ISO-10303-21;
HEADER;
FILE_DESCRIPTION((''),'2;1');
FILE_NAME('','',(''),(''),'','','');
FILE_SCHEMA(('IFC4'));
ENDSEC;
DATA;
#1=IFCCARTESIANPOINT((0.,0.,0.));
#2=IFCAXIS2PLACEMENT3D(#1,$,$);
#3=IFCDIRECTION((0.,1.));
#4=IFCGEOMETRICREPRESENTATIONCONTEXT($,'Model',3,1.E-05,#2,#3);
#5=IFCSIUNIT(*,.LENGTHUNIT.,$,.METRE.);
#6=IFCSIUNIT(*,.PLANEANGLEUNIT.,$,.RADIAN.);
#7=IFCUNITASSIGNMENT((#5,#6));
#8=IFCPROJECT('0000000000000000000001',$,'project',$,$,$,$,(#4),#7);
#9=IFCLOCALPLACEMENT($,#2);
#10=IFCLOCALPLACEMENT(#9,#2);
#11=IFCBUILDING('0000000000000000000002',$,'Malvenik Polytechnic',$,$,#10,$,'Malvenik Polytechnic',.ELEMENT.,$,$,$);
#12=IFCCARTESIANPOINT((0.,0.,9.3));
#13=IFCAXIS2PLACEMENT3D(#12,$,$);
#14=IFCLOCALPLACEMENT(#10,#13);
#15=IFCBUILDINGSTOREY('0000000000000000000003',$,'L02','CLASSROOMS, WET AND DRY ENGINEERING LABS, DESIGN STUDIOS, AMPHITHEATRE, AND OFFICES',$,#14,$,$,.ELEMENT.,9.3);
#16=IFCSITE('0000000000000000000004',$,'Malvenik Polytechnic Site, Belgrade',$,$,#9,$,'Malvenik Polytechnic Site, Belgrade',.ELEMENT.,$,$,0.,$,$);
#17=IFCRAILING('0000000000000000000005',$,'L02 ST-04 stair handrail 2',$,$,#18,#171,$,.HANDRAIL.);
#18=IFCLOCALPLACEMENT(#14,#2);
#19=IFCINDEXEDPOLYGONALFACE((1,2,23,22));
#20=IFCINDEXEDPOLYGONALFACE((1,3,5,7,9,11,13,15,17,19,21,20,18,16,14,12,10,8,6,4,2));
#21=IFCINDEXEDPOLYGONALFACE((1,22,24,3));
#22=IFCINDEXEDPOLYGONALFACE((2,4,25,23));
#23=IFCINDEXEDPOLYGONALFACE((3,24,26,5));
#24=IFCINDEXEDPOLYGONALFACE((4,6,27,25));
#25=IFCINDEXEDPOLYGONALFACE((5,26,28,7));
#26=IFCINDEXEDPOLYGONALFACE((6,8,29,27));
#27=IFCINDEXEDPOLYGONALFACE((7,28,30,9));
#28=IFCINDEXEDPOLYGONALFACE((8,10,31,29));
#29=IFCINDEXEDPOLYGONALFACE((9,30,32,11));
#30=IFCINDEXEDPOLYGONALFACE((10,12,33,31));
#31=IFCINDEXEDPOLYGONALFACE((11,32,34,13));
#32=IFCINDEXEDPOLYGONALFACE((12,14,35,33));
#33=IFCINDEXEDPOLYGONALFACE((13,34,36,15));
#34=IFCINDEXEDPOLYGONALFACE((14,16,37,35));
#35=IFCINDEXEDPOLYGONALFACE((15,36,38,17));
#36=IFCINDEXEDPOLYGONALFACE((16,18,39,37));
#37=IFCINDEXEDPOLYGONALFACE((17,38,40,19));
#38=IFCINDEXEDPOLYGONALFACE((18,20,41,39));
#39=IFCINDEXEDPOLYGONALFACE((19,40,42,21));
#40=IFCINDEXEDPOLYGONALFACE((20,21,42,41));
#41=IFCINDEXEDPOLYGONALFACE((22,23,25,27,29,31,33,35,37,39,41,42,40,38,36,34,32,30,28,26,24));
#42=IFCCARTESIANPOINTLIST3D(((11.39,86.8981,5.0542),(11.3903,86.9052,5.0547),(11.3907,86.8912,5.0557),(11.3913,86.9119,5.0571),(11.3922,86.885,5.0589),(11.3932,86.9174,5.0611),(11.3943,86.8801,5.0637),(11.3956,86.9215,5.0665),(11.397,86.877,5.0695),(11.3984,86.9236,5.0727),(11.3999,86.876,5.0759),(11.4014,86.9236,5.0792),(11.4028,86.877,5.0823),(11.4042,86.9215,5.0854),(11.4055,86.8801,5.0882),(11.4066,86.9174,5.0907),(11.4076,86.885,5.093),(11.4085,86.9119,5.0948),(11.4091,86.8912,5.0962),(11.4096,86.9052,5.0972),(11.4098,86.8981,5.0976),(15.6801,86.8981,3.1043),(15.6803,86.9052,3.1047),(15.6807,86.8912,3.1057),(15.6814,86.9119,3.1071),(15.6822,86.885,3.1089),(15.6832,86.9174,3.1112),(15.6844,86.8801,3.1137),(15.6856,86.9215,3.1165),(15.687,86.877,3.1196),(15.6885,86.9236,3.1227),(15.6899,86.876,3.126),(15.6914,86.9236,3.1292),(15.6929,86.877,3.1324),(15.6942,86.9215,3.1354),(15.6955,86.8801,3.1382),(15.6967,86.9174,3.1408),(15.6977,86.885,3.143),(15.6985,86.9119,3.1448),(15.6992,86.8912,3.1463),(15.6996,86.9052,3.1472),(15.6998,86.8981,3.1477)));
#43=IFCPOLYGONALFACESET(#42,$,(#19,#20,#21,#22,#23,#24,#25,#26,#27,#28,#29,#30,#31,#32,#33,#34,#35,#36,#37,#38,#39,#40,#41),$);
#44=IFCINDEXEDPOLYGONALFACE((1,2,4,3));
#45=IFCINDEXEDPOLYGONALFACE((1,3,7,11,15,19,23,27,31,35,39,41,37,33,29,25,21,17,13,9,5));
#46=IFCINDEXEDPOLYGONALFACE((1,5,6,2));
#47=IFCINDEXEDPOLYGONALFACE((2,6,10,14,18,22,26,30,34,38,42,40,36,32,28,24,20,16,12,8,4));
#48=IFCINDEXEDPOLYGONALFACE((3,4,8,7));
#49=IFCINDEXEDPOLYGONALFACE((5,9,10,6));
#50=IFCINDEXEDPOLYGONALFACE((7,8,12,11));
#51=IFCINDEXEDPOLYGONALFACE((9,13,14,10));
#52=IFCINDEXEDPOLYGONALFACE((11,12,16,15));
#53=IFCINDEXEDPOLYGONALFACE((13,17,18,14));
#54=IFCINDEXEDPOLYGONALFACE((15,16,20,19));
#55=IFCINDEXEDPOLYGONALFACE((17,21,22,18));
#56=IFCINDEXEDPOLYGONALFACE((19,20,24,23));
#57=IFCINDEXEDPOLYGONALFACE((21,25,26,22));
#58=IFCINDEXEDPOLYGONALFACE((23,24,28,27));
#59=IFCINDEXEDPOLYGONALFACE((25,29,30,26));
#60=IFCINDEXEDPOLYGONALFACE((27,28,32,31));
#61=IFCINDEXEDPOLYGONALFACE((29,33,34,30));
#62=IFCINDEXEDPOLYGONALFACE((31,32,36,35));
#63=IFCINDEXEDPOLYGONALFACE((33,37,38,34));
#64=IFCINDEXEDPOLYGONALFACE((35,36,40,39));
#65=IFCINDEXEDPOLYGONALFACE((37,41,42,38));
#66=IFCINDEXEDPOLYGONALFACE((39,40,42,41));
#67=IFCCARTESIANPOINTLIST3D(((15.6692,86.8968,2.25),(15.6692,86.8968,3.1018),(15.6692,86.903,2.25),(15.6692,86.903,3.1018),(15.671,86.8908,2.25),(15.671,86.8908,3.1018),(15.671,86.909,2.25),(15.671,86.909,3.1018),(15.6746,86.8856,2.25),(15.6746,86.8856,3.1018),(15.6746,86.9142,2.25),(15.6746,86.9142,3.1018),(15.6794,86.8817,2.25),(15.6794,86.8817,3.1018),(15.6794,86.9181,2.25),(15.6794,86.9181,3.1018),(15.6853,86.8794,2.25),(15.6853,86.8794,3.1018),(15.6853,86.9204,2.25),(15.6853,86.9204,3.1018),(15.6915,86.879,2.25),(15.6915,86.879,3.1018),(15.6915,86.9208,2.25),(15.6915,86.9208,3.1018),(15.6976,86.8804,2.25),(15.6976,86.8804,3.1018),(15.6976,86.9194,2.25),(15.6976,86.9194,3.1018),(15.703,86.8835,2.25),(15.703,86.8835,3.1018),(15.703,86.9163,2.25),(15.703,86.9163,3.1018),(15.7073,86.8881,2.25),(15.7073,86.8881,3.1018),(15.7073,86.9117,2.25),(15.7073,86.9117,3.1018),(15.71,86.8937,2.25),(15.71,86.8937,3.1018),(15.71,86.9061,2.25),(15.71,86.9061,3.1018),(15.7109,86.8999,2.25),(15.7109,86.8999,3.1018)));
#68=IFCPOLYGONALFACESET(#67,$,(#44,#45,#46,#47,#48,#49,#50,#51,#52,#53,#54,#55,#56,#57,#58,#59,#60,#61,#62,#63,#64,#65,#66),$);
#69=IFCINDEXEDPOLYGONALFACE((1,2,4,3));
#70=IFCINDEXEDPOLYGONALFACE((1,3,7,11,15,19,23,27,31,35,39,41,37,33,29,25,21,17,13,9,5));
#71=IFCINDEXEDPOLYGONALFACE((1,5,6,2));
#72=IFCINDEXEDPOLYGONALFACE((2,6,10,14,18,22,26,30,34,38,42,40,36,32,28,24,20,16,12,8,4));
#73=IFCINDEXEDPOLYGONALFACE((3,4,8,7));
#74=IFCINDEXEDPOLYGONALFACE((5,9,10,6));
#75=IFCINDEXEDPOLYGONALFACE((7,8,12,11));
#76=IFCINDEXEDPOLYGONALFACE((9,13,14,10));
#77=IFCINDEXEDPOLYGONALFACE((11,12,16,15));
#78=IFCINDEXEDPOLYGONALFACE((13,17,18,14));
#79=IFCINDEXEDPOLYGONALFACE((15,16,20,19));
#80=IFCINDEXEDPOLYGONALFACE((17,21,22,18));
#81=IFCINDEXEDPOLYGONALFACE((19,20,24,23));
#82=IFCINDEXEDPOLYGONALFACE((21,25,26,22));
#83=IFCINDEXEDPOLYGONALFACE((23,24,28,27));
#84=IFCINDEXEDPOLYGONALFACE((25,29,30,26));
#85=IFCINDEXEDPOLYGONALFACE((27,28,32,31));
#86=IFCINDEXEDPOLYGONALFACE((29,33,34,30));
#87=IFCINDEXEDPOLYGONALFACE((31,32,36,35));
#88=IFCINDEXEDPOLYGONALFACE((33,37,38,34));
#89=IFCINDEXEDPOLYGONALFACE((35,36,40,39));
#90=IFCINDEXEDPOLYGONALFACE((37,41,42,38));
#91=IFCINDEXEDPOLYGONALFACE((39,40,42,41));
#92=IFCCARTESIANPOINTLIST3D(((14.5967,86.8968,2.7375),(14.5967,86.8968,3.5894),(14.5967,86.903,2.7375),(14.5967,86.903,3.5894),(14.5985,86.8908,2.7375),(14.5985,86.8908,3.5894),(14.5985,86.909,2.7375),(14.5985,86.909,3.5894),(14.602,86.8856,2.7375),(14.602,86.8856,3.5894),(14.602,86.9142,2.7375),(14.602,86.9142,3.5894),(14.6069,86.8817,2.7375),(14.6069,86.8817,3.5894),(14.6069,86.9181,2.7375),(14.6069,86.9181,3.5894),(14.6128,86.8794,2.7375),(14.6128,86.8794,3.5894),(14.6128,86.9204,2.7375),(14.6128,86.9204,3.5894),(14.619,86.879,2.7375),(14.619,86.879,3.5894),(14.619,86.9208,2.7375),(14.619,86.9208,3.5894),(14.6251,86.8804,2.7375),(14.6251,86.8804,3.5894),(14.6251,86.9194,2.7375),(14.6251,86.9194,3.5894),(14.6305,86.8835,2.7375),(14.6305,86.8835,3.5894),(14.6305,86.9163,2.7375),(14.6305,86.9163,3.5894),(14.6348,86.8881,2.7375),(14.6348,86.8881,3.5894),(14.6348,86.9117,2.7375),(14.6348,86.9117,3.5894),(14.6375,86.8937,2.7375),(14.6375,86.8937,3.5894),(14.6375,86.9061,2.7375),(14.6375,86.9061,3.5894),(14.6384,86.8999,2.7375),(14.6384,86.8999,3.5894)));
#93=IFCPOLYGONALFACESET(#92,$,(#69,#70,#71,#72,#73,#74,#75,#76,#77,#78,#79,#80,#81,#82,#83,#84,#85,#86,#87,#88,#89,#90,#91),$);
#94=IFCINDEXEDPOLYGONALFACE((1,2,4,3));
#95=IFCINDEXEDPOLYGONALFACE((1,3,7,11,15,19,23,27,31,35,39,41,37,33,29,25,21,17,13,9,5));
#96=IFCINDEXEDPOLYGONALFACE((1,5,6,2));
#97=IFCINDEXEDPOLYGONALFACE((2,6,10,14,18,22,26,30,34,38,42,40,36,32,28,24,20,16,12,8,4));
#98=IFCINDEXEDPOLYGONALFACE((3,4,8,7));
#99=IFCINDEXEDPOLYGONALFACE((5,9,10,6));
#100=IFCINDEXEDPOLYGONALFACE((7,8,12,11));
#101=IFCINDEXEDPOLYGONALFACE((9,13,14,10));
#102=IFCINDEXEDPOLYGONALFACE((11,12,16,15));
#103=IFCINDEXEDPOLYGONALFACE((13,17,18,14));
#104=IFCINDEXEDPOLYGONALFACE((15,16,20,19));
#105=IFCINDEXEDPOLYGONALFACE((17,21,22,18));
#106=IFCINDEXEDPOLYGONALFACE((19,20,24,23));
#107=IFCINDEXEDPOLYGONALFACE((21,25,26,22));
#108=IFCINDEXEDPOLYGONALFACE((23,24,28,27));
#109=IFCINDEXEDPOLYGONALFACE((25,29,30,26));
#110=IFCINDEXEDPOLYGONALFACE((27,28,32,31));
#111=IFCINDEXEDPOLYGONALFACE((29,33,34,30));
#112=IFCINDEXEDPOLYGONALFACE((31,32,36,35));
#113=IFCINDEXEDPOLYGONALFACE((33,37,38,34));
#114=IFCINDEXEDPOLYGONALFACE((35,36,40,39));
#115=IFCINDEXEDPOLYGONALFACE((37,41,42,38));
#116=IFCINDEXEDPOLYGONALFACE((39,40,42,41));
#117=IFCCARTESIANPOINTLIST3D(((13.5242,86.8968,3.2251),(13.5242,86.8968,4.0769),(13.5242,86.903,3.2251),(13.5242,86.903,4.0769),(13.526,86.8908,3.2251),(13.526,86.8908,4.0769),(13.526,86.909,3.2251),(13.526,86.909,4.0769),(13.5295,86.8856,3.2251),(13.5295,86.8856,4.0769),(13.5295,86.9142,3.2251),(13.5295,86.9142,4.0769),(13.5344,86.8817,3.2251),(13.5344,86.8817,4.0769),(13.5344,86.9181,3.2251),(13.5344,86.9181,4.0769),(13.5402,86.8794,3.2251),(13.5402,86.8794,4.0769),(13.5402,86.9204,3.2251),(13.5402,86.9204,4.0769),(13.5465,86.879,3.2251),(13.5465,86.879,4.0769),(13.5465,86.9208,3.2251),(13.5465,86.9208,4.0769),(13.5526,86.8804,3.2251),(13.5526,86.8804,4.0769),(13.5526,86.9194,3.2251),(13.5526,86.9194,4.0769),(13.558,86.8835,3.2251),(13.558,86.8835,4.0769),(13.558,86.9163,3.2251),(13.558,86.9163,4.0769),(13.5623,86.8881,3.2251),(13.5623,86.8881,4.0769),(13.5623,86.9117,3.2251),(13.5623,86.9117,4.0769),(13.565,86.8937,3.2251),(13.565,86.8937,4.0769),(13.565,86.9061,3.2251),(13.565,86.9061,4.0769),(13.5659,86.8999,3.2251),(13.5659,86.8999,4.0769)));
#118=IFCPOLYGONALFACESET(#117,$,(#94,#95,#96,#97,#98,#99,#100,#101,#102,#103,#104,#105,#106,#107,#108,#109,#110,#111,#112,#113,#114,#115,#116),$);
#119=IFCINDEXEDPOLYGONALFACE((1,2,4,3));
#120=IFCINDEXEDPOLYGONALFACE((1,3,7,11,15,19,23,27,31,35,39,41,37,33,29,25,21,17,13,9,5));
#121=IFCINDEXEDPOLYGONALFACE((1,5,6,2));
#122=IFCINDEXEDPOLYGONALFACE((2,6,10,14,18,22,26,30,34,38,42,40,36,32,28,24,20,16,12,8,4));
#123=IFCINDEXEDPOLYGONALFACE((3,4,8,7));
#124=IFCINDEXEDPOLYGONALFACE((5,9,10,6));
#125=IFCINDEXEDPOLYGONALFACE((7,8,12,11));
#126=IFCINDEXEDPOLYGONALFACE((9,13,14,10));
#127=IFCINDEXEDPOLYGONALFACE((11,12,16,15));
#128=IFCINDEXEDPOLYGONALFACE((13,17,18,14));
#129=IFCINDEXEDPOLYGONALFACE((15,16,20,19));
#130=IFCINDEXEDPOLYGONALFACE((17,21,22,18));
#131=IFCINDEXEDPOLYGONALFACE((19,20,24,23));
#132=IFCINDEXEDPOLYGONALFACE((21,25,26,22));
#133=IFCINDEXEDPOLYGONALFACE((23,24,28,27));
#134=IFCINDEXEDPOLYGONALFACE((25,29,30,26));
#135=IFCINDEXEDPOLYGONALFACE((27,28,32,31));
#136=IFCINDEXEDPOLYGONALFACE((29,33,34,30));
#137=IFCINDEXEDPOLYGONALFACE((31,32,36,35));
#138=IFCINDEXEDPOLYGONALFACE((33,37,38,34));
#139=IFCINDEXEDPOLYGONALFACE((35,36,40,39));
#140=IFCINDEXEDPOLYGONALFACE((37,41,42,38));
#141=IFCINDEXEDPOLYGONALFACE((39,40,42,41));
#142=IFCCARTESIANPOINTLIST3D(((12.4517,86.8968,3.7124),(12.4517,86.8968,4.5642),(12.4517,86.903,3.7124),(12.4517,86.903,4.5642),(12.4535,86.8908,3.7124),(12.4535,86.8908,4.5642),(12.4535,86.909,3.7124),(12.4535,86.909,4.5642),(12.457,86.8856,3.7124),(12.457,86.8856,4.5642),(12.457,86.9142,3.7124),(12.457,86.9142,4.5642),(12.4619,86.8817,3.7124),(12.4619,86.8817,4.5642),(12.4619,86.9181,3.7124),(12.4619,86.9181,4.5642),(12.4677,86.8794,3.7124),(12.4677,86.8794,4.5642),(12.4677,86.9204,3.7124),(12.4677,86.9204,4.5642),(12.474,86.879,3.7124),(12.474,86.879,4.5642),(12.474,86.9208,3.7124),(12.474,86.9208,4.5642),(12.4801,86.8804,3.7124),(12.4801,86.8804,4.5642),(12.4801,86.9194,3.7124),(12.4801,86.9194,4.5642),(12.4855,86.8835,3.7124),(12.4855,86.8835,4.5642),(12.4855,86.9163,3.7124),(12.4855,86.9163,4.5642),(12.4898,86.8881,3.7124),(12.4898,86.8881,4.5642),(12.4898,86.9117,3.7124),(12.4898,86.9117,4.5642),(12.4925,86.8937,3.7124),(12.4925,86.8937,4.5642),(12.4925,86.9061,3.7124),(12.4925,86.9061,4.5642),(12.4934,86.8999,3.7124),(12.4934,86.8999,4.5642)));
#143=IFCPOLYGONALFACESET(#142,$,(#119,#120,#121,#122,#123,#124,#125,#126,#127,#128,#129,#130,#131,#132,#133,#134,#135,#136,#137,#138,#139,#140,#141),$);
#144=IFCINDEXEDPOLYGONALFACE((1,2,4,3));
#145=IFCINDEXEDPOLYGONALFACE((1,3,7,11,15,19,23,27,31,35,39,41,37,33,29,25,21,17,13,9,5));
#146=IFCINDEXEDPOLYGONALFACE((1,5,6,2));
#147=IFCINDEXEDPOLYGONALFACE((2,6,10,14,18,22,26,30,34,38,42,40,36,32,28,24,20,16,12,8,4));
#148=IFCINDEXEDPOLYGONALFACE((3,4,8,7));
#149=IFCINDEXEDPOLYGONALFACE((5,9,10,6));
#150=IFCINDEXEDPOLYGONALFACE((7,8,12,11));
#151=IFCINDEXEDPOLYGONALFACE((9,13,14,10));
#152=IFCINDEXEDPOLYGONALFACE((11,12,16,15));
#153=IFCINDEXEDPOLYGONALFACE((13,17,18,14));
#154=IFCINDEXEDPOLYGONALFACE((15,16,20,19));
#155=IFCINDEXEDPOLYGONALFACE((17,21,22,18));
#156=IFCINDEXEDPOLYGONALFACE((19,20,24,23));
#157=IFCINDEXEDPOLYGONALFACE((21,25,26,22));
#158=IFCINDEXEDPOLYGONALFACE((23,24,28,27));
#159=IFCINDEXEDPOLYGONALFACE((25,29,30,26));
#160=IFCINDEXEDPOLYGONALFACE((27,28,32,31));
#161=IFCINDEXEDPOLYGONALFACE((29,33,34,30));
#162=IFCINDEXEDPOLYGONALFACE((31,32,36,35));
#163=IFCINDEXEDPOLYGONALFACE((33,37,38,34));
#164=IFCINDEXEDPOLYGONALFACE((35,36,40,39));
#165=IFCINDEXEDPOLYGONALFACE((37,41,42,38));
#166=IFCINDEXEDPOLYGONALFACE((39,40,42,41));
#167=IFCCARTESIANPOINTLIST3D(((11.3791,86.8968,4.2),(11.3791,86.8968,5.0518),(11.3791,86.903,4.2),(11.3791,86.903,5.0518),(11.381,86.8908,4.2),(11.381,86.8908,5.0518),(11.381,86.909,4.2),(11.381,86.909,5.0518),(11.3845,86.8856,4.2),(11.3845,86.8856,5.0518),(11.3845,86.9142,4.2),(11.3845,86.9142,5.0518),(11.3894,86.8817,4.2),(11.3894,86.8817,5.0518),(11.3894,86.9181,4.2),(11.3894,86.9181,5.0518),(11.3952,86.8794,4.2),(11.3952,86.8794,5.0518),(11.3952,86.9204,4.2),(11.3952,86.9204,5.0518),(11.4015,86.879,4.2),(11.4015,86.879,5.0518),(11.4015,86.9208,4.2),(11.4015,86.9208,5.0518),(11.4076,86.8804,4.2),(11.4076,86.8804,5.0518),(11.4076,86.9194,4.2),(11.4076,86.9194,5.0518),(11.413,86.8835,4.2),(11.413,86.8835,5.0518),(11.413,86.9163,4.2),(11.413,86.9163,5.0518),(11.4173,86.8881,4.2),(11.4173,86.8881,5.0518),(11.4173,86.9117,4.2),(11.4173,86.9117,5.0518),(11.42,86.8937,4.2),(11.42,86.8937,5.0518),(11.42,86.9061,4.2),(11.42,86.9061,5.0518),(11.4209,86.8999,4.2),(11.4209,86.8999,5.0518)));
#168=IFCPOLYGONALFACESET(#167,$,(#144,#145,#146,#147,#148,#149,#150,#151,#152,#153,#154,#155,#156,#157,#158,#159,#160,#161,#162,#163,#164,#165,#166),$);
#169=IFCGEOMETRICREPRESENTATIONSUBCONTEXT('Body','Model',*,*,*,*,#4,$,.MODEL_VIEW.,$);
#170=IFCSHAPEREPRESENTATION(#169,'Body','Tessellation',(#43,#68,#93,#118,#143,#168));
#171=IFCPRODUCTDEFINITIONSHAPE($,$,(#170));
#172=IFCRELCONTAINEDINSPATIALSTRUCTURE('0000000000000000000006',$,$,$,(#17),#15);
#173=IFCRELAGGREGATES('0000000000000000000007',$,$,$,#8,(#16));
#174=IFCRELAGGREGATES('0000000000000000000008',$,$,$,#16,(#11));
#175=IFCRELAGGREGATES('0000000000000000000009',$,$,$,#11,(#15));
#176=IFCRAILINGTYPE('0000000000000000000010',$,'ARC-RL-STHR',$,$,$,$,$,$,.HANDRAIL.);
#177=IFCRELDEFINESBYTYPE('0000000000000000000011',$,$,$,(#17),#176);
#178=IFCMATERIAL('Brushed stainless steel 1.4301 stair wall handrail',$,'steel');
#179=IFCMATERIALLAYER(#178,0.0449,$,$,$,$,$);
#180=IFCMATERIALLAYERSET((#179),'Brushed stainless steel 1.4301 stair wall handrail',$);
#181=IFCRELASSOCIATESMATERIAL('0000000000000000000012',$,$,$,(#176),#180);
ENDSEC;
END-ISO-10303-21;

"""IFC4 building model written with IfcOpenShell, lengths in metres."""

from ifc_helpers import new_model, si_unit, direction, frame, origin, origin_2d, place, context, subcontext, project, spatial, circle, extrude, material, layer, layer_set, type_object, element, save


model = new_model("IFC4")

# Units and contexts
model_context = context("Model", 3, precision=1e-05, world=origin(), true_north=direction((0.0, 1.0)))
body_context = subcontext(model_context, "Body", "Model", "MODEL_VIEW")
ifc_project = project(units=[si_unit("LENGTHUNIT", "METRE"), si_unit("PLANEANGLEUNIT", "RADIAN")], contexts=[model_context])

# Site, building, storey
site_placement = place(None, origin())
site = spatial("IfcSite", under=ifc_project, at=site_placement, Name="Malvenik Polytechnic Site, Belgrade", LongName="Malvenik Polytechnic Site, Belgrade", CompositionType="ELEMENT", RefElevation=0.0)
building_placement = place(site_placement, origin())
building = spatial("IfcBuilding", under=site, at=building_placement, Name="Malvenik Polytechnic", LongName="Malvenik Polytechnic", CompositionType="ELEMENT")
storey_placement = place(building_placement, frame((0.0, 0.0, 9.3)))
storey = spatial("IfcBuildingStorey", under=building, at=storey_placement, Name="L02", Description="CLASSROOMS, WET AND DRY ENGINEERING LABS, DESIGN STUDIOS, AMPHITHEATRE, AND OFFICES", CompositionType="ELEMENT", Elevation=9.3)

# Railing
ifc_material_1 = material(Name="Brushed stainless steel 1.4301 stair wall handrail", Category="steel")
ifc_layer_1 = layer(ifc_material_1, 0.0449)
ifc_layer_set_1 = layer_set([ifc_layer_1], Name="Brushed stainless steel 1.4301 stair wall handrail")
railing_type_1 = type_object("IfcRailingType", Name="ARC-RL-STHR", PredefinedType="HANDRAIL", material=ifc_layer_set_1)
railing_1_placement = place(storey_placement, frame((15.6899, 86.8999, 2.25)))
element("IfcRailing", 1, at=railing_1_placement, inside=storey, type_object=railing_type_1, Name="L02 ST-04 stair handrail 2", PredefinedType="HANDRAIL", context=body_context, shape_type="SweptSolid", body=[
    extrude(circle(Radius=0.0239, at=origin_2d()), frame((0.0, 0.0, 0.876), z_axis=(-0.910372, 0.0, 0.413791), x_axis=(0.0, -1.0, 0.0)), (0.0, 0.0, 1.0), 4.7124),
    extrude(circle(Radius=0.021, at=origin_2d()), origin(), (0.0, 0.0, 1.0), 0.8518),
    extrude(circle(Radius=0.021, at=origin_2d()), frame((-1.0725, 0.0, 0.4875)), (0.0, 0.0, 1.0), 0.8518),
    extrude(circle(Radius=0.021, at=origin_2d()), frame((-2.145, 0.0, 0.9751)), (0.0, 0.0, 1.0), 0.8518),
    extrude(circle(Radius=0.021, at=origin_2d()), frame((-3.2175, 0.0, 1.4624)), (0.0, 0.0, 1.0), 0.8518),
    extrude(circle(Radius=0.021, at=origin_2d()), frame((-4.29, 0.0, 1.95)), (0.0, 0.0, 1.0), 0.8518),
])

save(model, "model.ifc")
